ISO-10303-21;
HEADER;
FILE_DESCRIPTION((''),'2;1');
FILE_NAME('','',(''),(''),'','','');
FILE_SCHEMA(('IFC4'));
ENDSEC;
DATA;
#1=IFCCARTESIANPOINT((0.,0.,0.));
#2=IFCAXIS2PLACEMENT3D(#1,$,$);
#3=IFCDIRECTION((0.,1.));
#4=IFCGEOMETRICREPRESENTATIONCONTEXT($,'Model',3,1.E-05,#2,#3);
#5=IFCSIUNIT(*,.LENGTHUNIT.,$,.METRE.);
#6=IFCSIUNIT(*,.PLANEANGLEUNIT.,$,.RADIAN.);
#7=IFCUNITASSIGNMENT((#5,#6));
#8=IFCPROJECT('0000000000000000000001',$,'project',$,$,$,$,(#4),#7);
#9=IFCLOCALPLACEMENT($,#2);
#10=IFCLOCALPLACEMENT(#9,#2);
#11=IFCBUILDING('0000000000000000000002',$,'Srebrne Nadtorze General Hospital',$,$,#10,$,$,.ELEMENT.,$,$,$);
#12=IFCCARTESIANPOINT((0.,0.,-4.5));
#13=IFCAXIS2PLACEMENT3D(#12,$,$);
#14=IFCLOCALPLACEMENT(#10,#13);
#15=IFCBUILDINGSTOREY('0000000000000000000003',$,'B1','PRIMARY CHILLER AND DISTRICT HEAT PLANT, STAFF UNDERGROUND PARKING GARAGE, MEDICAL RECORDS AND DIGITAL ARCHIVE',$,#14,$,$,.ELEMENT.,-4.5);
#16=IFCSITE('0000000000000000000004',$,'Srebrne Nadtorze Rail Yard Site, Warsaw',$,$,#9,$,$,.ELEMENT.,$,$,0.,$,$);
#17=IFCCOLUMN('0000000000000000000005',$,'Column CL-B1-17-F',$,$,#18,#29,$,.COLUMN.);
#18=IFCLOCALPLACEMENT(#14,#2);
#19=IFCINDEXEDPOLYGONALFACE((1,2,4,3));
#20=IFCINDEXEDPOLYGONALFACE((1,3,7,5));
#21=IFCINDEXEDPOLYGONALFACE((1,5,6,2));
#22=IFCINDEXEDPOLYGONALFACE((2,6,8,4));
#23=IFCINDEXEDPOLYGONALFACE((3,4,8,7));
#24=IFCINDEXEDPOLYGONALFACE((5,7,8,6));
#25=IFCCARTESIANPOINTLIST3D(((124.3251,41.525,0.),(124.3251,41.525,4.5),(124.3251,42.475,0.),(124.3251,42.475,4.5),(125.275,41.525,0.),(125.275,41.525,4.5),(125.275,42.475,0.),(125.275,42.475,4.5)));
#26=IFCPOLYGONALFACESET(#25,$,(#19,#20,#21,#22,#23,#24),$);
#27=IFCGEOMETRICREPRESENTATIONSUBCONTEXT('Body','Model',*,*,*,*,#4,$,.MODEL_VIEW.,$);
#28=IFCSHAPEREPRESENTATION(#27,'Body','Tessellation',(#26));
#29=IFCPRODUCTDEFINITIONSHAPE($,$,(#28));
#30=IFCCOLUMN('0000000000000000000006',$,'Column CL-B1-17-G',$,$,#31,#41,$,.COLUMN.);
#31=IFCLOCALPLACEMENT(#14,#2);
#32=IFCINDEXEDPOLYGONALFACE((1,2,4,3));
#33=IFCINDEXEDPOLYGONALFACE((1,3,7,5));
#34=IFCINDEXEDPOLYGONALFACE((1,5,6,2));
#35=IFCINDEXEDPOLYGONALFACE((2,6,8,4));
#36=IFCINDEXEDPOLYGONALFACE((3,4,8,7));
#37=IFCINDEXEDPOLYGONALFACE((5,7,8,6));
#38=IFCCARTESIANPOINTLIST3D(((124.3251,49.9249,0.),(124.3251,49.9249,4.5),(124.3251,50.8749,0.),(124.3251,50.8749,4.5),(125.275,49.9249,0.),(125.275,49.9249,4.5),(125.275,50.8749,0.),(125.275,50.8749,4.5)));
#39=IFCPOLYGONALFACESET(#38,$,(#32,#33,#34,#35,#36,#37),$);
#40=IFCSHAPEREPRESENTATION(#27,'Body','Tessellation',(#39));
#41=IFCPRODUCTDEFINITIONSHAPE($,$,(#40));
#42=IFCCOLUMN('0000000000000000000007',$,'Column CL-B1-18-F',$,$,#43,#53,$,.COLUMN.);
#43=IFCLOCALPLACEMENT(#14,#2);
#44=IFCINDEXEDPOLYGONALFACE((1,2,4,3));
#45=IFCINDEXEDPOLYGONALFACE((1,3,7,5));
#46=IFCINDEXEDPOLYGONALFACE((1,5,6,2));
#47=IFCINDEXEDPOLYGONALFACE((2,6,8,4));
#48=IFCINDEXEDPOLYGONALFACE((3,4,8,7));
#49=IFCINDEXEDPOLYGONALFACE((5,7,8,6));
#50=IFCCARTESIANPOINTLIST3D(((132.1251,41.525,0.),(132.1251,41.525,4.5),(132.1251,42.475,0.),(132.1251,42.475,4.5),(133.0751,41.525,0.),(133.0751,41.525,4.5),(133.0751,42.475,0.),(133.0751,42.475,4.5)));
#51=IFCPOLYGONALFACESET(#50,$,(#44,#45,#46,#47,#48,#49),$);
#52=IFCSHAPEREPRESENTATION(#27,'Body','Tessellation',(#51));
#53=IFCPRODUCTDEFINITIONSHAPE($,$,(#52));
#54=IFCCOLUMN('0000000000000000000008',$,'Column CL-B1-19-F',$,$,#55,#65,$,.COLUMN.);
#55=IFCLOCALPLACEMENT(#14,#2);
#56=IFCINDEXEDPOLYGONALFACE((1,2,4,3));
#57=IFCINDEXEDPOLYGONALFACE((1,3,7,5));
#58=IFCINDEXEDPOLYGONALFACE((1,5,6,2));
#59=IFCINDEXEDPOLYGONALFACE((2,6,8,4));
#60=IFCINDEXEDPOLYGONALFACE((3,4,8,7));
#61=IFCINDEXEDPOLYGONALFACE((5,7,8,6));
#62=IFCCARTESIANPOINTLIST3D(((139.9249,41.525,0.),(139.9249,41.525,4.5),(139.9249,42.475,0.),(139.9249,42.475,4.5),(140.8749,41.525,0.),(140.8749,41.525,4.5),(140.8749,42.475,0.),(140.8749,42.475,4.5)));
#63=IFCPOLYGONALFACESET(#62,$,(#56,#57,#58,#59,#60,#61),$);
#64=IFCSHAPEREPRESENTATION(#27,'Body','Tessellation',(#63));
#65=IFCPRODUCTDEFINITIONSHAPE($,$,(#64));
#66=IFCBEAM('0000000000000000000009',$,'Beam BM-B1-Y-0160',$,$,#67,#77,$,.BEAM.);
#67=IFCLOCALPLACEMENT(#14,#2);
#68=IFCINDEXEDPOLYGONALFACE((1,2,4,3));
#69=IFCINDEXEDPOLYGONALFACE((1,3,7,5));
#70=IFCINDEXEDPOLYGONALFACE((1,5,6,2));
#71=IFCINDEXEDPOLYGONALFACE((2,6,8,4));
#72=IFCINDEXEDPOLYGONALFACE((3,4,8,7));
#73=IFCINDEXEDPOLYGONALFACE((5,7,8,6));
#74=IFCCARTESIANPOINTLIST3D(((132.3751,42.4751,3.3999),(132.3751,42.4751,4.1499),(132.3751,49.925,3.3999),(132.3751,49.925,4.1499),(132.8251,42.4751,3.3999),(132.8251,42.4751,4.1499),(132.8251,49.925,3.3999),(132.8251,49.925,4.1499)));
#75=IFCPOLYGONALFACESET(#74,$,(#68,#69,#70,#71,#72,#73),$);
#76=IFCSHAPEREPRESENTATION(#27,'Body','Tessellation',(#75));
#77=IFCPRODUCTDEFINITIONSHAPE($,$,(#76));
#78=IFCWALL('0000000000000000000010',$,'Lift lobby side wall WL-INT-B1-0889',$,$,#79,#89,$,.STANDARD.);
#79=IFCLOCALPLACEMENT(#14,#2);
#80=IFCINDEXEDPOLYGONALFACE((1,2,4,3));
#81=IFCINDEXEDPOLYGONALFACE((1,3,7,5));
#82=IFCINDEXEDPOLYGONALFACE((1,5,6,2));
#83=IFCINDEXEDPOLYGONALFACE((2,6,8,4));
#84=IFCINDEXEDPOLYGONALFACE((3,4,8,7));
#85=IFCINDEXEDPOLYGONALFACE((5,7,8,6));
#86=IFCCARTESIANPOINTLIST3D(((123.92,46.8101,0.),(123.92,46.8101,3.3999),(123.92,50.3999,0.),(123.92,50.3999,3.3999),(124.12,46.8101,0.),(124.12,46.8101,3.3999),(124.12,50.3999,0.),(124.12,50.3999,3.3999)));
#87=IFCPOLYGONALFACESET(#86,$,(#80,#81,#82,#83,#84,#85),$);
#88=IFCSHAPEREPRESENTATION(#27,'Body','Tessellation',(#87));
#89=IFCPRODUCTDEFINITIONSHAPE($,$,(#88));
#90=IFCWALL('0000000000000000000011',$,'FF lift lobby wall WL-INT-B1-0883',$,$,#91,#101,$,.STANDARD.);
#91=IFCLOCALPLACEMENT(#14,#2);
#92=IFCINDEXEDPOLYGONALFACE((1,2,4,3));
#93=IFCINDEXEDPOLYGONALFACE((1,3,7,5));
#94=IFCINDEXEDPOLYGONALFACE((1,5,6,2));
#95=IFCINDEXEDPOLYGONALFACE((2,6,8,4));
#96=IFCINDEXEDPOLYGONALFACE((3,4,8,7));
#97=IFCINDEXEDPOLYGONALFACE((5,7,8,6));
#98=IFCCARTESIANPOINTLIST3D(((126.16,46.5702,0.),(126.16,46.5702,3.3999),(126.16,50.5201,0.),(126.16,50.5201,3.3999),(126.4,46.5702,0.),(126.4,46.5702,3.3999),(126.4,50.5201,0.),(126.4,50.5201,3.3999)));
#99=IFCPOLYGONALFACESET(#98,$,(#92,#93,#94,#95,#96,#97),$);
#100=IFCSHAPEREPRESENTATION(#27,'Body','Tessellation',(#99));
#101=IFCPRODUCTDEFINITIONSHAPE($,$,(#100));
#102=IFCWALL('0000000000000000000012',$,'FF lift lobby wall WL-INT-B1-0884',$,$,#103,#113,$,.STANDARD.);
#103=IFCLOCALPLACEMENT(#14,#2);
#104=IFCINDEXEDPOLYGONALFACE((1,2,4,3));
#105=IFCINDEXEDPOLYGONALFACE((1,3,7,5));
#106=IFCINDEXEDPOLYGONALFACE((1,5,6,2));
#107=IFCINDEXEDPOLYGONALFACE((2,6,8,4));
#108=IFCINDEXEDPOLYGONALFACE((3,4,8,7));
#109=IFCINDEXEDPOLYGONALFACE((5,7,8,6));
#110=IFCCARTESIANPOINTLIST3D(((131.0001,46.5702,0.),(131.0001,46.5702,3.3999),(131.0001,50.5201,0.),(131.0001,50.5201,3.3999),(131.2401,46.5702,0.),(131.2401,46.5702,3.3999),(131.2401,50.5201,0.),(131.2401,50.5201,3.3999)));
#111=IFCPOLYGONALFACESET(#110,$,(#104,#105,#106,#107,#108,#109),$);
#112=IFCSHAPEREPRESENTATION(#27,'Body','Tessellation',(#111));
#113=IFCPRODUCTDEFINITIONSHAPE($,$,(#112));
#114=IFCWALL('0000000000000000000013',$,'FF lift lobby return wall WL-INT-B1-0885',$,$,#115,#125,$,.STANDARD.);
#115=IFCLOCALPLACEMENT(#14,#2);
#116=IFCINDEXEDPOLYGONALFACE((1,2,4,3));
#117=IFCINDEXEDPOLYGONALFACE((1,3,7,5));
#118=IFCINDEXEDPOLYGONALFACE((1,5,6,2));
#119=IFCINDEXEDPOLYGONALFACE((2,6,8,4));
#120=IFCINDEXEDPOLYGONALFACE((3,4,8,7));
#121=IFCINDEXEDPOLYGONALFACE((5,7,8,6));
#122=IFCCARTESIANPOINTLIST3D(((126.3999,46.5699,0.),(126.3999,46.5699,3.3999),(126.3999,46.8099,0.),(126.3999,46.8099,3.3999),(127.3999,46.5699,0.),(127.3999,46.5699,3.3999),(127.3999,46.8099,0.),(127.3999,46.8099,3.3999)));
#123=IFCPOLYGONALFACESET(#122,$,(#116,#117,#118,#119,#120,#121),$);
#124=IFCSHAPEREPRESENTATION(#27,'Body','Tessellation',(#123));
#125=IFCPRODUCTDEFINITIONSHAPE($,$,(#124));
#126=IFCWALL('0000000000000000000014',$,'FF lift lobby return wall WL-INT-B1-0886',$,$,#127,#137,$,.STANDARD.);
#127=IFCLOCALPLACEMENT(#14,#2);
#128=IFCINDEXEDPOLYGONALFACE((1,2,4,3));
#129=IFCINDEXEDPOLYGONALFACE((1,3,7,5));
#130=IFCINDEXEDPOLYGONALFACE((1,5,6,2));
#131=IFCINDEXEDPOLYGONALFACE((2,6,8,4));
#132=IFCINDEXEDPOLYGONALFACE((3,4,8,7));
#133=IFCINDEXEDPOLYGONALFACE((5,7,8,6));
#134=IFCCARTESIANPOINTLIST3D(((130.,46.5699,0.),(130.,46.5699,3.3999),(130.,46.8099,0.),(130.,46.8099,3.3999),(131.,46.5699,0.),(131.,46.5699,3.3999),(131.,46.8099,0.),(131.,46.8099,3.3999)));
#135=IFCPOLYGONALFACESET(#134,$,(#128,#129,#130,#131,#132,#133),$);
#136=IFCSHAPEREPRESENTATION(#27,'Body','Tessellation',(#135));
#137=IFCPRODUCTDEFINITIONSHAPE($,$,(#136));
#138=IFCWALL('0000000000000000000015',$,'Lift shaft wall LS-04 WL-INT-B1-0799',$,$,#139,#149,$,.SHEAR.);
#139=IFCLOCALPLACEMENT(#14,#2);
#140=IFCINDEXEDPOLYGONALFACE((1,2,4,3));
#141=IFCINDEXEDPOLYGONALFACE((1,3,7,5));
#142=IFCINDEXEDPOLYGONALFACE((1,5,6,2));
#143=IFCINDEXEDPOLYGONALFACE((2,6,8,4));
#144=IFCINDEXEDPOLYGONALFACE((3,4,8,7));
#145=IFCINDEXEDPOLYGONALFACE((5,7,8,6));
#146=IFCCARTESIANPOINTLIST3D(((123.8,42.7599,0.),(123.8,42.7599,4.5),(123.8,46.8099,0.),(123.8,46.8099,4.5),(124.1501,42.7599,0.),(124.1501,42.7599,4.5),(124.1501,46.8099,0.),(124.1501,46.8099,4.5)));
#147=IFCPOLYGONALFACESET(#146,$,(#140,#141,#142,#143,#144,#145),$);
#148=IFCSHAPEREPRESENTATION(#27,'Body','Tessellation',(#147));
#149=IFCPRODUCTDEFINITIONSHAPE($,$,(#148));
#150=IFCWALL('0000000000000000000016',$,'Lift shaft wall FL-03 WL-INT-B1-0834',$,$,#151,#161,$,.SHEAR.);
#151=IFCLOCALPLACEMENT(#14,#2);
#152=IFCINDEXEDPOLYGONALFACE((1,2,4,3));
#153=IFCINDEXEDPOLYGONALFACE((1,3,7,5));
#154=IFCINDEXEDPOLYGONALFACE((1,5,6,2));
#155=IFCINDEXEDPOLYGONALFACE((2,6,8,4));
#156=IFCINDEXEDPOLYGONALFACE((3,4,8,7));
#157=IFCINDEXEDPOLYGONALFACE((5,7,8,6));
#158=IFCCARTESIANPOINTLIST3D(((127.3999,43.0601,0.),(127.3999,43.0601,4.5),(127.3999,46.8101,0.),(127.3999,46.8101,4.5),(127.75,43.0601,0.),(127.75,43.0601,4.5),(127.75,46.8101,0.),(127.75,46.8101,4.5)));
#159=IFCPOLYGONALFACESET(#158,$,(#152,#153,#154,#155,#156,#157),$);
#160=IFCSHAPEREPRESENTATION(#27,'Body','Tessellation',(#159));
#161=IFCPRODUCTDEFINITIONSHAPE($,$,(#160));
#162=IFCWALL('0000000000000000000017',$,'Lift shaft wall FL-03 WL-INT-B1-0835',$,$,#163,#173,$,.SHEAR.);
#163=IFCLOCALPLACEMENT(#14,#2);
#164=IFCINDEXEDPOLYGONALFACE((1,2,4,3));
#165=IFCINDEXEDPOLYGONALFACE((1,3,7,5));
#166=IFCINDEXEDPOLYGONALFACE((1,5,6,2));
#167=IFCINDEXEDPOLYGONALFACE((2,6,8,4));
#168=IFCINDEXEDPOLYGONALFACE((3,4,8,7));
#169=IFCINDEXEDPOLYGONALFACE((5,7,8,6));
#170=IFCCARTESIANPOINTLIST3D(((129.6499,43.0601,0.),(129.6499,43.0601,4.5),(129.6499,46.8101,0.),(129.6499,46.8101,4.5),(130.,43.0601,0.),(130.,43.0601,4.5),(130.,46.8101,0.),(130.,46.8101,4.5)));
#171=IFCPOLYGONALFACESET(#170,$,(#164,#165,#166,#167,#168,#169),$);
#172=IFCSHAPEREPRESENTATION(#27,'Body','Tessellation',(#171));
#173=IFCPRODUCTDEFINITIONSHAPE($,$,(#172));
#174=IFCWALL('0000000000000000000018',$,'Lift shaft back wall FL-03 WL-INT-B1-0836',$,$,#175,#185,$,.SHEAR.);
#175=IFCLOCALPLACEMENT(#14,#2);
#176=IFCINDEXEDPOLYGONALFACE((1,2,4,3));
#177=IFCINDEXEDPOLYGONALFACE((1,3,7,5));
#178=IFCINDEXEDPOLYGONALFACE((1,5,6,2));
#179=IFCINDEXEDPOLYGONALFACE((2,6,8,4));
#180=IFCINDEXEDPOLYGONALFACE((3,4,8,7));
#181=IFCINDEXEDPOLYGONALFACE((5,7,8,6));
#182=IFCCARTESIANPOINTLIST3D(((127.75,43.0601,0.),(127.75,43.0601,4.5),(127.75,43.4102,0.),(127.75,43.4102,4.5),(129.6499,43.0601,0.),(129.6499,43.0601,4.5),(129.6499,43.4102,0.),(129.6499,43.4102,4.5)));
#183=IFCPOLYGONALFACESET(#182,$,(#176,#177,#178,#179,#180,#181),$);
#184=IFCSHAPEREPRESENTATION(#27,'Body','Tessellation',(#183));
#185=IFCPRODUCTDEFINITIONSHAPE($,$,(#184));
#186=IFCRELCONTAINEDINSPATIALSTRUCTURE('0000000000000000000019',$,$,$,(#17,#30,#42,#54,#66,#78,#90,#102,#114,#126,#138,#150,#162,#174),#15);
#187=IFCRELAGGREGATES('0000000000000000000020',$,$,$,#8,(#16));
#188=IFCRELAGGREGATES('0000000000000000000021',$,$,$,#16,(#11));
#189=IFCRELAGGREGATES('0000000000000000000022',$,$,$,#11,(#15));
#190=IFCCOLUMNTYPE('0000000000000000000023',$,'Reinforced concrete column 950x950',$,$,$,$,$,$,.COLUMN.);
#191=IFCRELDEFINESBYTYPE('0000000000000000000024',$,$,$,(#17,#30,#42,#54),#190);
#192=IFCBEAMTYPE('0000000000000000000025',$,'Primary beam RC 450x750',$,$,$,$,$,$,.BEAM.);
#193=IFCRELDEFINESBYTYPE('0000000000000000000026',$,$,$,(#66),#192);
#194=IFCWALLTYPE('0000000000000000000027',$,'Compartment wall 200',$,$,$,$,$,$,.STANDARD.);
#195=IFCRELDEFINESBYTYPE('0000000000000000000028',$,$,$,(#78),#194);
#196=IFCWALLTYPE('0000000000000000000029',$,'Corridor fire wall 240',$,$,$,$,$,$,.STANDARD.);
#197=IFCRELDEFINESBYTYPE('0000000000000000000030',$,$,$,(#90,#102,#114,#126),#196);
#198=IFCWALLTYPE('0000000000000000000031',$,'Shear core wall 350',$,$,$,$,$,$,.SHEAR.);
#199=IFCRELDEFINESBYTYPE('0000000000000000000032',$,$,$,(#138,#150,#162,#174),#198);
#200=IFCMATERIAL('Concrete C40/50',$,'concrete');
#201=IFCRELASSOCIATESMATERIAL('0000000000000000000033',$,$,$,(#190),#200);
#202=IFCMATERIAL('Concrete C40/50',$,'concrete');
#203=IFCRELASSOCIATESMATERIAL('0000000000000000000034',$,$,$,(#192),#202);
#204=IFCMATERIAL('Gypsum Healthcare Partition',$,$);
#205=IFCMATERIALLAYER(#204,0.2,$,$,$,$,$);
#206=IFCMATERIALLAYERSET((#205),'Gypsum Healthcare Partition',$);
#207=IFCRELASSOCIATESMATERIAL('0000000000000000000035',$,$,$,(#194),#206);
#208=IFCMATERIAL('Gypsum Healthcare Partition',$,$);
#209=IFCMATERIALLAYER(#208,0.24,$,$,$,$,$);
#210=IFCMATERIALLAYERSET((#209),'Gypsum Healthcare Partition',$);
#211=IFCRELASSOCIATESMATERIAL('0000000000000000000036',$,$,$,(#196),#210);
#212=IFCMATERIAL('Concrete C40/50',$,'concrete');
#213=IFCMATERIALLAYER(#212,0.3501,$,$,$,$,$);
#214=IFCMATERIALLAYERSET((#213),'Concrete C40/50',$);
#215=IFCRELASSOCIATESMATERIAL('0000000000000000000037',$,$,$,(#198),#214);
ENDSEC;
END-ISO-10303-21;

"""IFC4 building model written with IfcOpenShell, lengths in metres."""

from ifc_helpers import new_model, si_unit, direction, frame, frame_2d, origin, origin_2d, place, context, subcontext, project, spatial, rectangle, extrude, material, layer, layer_set, material_profile, profile_set, type_object, element, save


model = new_model("IFC4")

# Units and contexts
model_context = context("Model", 3, precision=1e-05, world=origin(), true_north=direction((0.0, 1.0)))
body_context = subcontext(model_context, "Body", "Model", "MODEL_VIEW")
ifc_project = project(units=[si_unit("LENGTHUNIT", "METRE"), si_unit("PLANEANGLEUNIT", "RADIAN")], contexts=[model_context])

# Site, building, storey
site_placement = place(None, origin())
site = spatial("IfcSite", under=ifc_project, at=site_placement, Name="Srebrne Nadtorze Rail Yard Site, Warsaw", CompositionType="ELEMENT", RefElevation=0.0)
building_placement = place(site_placement, origin())
building = spatial("IfcBuilding", under=site, at=building_placement, Name="Srebrne Nadtorze General Hospital", CompositionType="ELEMENT")
storey_placement = place(building_placement, frame((0.0, 0.0, -4.5)))
storey = spatial("IfcBuildingStorey", under=building, at=storey_placement, Name="B1", Description="PRIMARY CHILLER AND DISTRICT HEAT PLANT, STAFF UNDERGROUND PARKING GARAGE, MEDICAL RECORDS AND DIGITAL ARCHIVE", CompositionType="ELEMENT", Elevation=-4.5)

# Columns
ifc_material_1 = material(Name="Concrete C40/50", Category="concrete")
ifc_material_profile_1 = material_profile(ifc_material_1, rectangle(XDim=0.95, YDim=0.95, at=origin_2d()), Name="RC-COL-950x950")
ifc_profile_set_1 = profile_set([ifc_material_profile_1], Name="Concrete C40/50")
column_type = type_object("IfcColumnType", Name="Reinforced concrete column 950x950", PredefinedType="COLUMN", material=ifc_profile_set_1)
for number, where, z_axis, x_axis, name in (
    (1, (124.8, 42.0, 0.0), (0.0, 0.0, 1.0), (1.0, 0.0, 0.0), "Column CL-B1-17-F"),
    (2, (124.8, 50.3999, 0.0), (0.0, 0.0, 1.0), (1.0, 0.0, 0.0), "Column CL-B1-17-G"),
    (3, (132.6001, 42.0, 0.0), (0.0, 0.0, 1.0), (1.0, 0.0, 0.0), "Column CL-B1-18-F"),
    (4, (140.3999, 42.0, 0.0), (0.0, 0.0, 1.0), (1.0, 0.0, 0.0), "Column CL-B1-19-F"),
):
    element("IfcColumn", number, at=place(storey_placement, frame(where, z_axis=z_axis, x_axis=x_axis)), inside=storey, type_object=column_type, Name=name, PredefinedType="COLUMN", context=body_context, shape_type="SweptSolid", body=[
        extrude(rectangle(XDim=0.95, YDim=0.95, at=origin_2d()), origin(), (0.0, 0.0, 1.0), 4.5),
    ])

# Beam
ifc_material_2 = material(Name="Concrete C40/50", Category="concrete")
ifc_material_profile_2 = material_profile(ifc_material_2, rectangle(XDim=0.45, YDim=0.75, at=origin_2d()), Name="RC-BM-450x750")
ifc_profile_set_2 = profile_set([ifc_material_profile_2], Name="Concrete C40/50")
beam_type = type_object("IfcBeamType", Name="Primary beam RC 450x750", PredefinedType="BEAM", material=ifc_profile_set_2)
beam_placement = place(storey_placement, frame((132.6001, 42.4751, 3.7749), z_axis=(0.0, 1.0, 0.0), x_axis=(-1.0, 0.0, 0.0)))
element("IfcBeam", 5, at=beam_placement, inside=storey, type_object=beam_type, Name="Beam BM-B1-Y-0160", PredefinedType="BEAM", context=body_context, shape_type="SweptSolid", body=[
    extrude(rectangle(XDim=0.45, YDim=0.75, at=origin_2d()), origin(), (0.0, 0.0, 1.0), 7.45),
])

# Walls
ifc_material_3 = material(Name="Gypsum Healthcare Partition")
ifc_layer_1 = layer(ifc_material_3, 0.2)
ifc_layer_set_1 = layer_set([ifc_layer_1], Name="Gypsum Healthcare Partition")
wall_type_1 = type_object("IfcWallType", Name="Compartment wall 200", PredefinedType="STANDARD", material=ifc_layer_set_1)
wall_1_placement = place(storey_placement, frame((124.02, 46.8101, 0.0), z_axis=(0.0, 0.0, 1.0), x_axis=(0.0, 1.0, 0.0)))
element("IfcWall", 6, at=wall_1_placement, inside=storey, type_object=wall_type_1, Name="Lift lobby side wall WL-INT-B1-0889", PredefinedType="STANDARD", context=body_context, shape_type="SweptSolid", body=[
    extrude(rectangle(XDim=3.5898, YDim=0.2, at=frame_2d((1.7949, 0.0))), origin(), (0.0, 0.0, 1.0), 3.3999),
])
ifc_material_4 = material(Name="Gypsum Healthcare Partition")
ifc_layer_2 = layer(ifc_material_4, 0.24)
ifc_layer_set_2 = layer_set([ifc_layer_2], Name="Gypsum Healthcare Partition")
wall_type_2 = type_object("IfcWallType", Name="Corridor fire wall 240", PredefinedType="STANDARD", material=ifc_layer_set_2)
for number, where, z_axis, x_axis, name in (
    (7, (126.28, 46.5701, 0.0), (0.0, 0.0, 1.0), (0.0, 1.0, 0.0), "FF lift lobby wall WL-INT-B1-0883"),
    (8, (131.1201, 46.5701, 0.0), (0.0, 0.0, 1.0), (0.0, 1.0, 0.0), "FF lift lobby wall WL-INT-B1-0884"),
):
    element("IfcWall", number, at=place(storey_placement, frame(where, z_axis=z_axis, x_axis=x_axis)), inside=storey, type_object=wall_type_2, Name=name, PredefinedType="STANDARD", context=body_context, shape_type="SweptSolid", body=[
        extrude(rectangle(XDim=3.95, YDim=0.24, at=frame_2d((1.9751, 0.0))), origin(), (0.0, 0.0, 1.0), 3.3999),
    ])
for number, where, z_axis, x_axis, name in (
    (9, (126.3999, 46.6899, 0.0), (0.0, 0.0, 1.0), (1.0, 0.0, 0.0), "FF lift lobby return wall WL-INT-B1-0885"),
    (10, (130.0, 46.6899, 0.0), (0.0, 0.0, 1.0), (1.0, 0.0, 0.0), "FF lift lobby return wall WL-INT-B1-0886"),
):
    element("IfcWall", number, at=place(storey_placement, frame(where, z_axis=z_axis, x_axis=x_axis)), inside=storey, type_object=wall_type_2, Name=name, PredefinedType="STANDARD", context=body_context, shape_type="SweptSolid", body=[
        extrude(rectangle(XDim=1.0, YDim=0.24, at=frame_2d((0.5, 0.0))), origin(), (0.0, 0.0, 1.0), 3.3999),
    ])
ifc_material_5 = material(Name="Concrete C40/50", Category="concrete")
ifc_layer_3 = layer(ifc_material_5, 0.3501)
ifc_layer_set_3 = layer_set([ifc_layer_3], Name="Concrete C40/50")
wall_type_3 = type_object("IfcWallType", Name="Shear core wall 350", PredefinedType="SHEAR", material=ifc_layer_set_3)
wall_2_placement = place(storey_placement, frame((123.9751, 42.76, 0.0), z_axis=(0.0, 0.0, 1.0), x_axis=(0.0, 1.0, 0.0)))
element("IfcWall", 11, at=wall_2_placement, inside=storey, type_object=wall_type_3, Name="Lift shaft wall LS-04 WL-INT-B1-0799", PredefinedType="SHEAR", context=body_context, shape_type="SweptSolid", body=[
    extrude(rectangle(XDim=4.05, YDim=0.3501, at=frame_2d((2.0249, 0.0))), origin(), (0.0, 0.0, 1.0), 4.5),
])
for number, where, z_axis, x_axis, name in (
    (12, (127.575, 43.0601, 0.0), (0.0, 0.0, 1.0), (0.0, 1.0, 0.0), "Lift shaft wall FL-03 WL-INT-B1-0834"),
    (13, (129.825, 43.0601, 0.0), (0.0, 0.0, 1.0), (0.0, 1.0, 0.0), "Lift shaft wall FL-03 WL-INT-B1-0835"),
):
    element("IfcWall", number, at=place(storey_placement, frame(where, z_axis=z_axis, x_axis=x_axis)), inside=storey, type_object=wall_type_3, Name=name, PredefinedType="SHEAR", context=body_context, shape_type="SweptSolid", body=[
        extrude(rectangle(XDim=3.75, YDim=0.3501, at=frame_2d((1.875, 0.0))), origin(), (0.0, 0.0, 1.0), 4.5),
    ])
wall_3_placement = place(storey_placement, frame((127.75, 43.2351, 0.0), z_axis=(0.0, 0.0, 1.0), x_axis=(1.0, 0.0, 0.0)))
element("IfcWall", 14, at=wall_3_placement, inside=storey, type_object=wall_type_3, Name="Lift shaft back wall FL-03 WL-INT-B1-0836", PredefinedType="SHEAR", context=body_context, shape_type="SweptSolid", body=[
    extrude(rectangle(XDim=1.8999, YDim=0.3501, at=frame_2d((0.95, 0.0))), origin(), (0.0, 0.0, 1.0), 4.5),
])

save(model, "model.ifc")
